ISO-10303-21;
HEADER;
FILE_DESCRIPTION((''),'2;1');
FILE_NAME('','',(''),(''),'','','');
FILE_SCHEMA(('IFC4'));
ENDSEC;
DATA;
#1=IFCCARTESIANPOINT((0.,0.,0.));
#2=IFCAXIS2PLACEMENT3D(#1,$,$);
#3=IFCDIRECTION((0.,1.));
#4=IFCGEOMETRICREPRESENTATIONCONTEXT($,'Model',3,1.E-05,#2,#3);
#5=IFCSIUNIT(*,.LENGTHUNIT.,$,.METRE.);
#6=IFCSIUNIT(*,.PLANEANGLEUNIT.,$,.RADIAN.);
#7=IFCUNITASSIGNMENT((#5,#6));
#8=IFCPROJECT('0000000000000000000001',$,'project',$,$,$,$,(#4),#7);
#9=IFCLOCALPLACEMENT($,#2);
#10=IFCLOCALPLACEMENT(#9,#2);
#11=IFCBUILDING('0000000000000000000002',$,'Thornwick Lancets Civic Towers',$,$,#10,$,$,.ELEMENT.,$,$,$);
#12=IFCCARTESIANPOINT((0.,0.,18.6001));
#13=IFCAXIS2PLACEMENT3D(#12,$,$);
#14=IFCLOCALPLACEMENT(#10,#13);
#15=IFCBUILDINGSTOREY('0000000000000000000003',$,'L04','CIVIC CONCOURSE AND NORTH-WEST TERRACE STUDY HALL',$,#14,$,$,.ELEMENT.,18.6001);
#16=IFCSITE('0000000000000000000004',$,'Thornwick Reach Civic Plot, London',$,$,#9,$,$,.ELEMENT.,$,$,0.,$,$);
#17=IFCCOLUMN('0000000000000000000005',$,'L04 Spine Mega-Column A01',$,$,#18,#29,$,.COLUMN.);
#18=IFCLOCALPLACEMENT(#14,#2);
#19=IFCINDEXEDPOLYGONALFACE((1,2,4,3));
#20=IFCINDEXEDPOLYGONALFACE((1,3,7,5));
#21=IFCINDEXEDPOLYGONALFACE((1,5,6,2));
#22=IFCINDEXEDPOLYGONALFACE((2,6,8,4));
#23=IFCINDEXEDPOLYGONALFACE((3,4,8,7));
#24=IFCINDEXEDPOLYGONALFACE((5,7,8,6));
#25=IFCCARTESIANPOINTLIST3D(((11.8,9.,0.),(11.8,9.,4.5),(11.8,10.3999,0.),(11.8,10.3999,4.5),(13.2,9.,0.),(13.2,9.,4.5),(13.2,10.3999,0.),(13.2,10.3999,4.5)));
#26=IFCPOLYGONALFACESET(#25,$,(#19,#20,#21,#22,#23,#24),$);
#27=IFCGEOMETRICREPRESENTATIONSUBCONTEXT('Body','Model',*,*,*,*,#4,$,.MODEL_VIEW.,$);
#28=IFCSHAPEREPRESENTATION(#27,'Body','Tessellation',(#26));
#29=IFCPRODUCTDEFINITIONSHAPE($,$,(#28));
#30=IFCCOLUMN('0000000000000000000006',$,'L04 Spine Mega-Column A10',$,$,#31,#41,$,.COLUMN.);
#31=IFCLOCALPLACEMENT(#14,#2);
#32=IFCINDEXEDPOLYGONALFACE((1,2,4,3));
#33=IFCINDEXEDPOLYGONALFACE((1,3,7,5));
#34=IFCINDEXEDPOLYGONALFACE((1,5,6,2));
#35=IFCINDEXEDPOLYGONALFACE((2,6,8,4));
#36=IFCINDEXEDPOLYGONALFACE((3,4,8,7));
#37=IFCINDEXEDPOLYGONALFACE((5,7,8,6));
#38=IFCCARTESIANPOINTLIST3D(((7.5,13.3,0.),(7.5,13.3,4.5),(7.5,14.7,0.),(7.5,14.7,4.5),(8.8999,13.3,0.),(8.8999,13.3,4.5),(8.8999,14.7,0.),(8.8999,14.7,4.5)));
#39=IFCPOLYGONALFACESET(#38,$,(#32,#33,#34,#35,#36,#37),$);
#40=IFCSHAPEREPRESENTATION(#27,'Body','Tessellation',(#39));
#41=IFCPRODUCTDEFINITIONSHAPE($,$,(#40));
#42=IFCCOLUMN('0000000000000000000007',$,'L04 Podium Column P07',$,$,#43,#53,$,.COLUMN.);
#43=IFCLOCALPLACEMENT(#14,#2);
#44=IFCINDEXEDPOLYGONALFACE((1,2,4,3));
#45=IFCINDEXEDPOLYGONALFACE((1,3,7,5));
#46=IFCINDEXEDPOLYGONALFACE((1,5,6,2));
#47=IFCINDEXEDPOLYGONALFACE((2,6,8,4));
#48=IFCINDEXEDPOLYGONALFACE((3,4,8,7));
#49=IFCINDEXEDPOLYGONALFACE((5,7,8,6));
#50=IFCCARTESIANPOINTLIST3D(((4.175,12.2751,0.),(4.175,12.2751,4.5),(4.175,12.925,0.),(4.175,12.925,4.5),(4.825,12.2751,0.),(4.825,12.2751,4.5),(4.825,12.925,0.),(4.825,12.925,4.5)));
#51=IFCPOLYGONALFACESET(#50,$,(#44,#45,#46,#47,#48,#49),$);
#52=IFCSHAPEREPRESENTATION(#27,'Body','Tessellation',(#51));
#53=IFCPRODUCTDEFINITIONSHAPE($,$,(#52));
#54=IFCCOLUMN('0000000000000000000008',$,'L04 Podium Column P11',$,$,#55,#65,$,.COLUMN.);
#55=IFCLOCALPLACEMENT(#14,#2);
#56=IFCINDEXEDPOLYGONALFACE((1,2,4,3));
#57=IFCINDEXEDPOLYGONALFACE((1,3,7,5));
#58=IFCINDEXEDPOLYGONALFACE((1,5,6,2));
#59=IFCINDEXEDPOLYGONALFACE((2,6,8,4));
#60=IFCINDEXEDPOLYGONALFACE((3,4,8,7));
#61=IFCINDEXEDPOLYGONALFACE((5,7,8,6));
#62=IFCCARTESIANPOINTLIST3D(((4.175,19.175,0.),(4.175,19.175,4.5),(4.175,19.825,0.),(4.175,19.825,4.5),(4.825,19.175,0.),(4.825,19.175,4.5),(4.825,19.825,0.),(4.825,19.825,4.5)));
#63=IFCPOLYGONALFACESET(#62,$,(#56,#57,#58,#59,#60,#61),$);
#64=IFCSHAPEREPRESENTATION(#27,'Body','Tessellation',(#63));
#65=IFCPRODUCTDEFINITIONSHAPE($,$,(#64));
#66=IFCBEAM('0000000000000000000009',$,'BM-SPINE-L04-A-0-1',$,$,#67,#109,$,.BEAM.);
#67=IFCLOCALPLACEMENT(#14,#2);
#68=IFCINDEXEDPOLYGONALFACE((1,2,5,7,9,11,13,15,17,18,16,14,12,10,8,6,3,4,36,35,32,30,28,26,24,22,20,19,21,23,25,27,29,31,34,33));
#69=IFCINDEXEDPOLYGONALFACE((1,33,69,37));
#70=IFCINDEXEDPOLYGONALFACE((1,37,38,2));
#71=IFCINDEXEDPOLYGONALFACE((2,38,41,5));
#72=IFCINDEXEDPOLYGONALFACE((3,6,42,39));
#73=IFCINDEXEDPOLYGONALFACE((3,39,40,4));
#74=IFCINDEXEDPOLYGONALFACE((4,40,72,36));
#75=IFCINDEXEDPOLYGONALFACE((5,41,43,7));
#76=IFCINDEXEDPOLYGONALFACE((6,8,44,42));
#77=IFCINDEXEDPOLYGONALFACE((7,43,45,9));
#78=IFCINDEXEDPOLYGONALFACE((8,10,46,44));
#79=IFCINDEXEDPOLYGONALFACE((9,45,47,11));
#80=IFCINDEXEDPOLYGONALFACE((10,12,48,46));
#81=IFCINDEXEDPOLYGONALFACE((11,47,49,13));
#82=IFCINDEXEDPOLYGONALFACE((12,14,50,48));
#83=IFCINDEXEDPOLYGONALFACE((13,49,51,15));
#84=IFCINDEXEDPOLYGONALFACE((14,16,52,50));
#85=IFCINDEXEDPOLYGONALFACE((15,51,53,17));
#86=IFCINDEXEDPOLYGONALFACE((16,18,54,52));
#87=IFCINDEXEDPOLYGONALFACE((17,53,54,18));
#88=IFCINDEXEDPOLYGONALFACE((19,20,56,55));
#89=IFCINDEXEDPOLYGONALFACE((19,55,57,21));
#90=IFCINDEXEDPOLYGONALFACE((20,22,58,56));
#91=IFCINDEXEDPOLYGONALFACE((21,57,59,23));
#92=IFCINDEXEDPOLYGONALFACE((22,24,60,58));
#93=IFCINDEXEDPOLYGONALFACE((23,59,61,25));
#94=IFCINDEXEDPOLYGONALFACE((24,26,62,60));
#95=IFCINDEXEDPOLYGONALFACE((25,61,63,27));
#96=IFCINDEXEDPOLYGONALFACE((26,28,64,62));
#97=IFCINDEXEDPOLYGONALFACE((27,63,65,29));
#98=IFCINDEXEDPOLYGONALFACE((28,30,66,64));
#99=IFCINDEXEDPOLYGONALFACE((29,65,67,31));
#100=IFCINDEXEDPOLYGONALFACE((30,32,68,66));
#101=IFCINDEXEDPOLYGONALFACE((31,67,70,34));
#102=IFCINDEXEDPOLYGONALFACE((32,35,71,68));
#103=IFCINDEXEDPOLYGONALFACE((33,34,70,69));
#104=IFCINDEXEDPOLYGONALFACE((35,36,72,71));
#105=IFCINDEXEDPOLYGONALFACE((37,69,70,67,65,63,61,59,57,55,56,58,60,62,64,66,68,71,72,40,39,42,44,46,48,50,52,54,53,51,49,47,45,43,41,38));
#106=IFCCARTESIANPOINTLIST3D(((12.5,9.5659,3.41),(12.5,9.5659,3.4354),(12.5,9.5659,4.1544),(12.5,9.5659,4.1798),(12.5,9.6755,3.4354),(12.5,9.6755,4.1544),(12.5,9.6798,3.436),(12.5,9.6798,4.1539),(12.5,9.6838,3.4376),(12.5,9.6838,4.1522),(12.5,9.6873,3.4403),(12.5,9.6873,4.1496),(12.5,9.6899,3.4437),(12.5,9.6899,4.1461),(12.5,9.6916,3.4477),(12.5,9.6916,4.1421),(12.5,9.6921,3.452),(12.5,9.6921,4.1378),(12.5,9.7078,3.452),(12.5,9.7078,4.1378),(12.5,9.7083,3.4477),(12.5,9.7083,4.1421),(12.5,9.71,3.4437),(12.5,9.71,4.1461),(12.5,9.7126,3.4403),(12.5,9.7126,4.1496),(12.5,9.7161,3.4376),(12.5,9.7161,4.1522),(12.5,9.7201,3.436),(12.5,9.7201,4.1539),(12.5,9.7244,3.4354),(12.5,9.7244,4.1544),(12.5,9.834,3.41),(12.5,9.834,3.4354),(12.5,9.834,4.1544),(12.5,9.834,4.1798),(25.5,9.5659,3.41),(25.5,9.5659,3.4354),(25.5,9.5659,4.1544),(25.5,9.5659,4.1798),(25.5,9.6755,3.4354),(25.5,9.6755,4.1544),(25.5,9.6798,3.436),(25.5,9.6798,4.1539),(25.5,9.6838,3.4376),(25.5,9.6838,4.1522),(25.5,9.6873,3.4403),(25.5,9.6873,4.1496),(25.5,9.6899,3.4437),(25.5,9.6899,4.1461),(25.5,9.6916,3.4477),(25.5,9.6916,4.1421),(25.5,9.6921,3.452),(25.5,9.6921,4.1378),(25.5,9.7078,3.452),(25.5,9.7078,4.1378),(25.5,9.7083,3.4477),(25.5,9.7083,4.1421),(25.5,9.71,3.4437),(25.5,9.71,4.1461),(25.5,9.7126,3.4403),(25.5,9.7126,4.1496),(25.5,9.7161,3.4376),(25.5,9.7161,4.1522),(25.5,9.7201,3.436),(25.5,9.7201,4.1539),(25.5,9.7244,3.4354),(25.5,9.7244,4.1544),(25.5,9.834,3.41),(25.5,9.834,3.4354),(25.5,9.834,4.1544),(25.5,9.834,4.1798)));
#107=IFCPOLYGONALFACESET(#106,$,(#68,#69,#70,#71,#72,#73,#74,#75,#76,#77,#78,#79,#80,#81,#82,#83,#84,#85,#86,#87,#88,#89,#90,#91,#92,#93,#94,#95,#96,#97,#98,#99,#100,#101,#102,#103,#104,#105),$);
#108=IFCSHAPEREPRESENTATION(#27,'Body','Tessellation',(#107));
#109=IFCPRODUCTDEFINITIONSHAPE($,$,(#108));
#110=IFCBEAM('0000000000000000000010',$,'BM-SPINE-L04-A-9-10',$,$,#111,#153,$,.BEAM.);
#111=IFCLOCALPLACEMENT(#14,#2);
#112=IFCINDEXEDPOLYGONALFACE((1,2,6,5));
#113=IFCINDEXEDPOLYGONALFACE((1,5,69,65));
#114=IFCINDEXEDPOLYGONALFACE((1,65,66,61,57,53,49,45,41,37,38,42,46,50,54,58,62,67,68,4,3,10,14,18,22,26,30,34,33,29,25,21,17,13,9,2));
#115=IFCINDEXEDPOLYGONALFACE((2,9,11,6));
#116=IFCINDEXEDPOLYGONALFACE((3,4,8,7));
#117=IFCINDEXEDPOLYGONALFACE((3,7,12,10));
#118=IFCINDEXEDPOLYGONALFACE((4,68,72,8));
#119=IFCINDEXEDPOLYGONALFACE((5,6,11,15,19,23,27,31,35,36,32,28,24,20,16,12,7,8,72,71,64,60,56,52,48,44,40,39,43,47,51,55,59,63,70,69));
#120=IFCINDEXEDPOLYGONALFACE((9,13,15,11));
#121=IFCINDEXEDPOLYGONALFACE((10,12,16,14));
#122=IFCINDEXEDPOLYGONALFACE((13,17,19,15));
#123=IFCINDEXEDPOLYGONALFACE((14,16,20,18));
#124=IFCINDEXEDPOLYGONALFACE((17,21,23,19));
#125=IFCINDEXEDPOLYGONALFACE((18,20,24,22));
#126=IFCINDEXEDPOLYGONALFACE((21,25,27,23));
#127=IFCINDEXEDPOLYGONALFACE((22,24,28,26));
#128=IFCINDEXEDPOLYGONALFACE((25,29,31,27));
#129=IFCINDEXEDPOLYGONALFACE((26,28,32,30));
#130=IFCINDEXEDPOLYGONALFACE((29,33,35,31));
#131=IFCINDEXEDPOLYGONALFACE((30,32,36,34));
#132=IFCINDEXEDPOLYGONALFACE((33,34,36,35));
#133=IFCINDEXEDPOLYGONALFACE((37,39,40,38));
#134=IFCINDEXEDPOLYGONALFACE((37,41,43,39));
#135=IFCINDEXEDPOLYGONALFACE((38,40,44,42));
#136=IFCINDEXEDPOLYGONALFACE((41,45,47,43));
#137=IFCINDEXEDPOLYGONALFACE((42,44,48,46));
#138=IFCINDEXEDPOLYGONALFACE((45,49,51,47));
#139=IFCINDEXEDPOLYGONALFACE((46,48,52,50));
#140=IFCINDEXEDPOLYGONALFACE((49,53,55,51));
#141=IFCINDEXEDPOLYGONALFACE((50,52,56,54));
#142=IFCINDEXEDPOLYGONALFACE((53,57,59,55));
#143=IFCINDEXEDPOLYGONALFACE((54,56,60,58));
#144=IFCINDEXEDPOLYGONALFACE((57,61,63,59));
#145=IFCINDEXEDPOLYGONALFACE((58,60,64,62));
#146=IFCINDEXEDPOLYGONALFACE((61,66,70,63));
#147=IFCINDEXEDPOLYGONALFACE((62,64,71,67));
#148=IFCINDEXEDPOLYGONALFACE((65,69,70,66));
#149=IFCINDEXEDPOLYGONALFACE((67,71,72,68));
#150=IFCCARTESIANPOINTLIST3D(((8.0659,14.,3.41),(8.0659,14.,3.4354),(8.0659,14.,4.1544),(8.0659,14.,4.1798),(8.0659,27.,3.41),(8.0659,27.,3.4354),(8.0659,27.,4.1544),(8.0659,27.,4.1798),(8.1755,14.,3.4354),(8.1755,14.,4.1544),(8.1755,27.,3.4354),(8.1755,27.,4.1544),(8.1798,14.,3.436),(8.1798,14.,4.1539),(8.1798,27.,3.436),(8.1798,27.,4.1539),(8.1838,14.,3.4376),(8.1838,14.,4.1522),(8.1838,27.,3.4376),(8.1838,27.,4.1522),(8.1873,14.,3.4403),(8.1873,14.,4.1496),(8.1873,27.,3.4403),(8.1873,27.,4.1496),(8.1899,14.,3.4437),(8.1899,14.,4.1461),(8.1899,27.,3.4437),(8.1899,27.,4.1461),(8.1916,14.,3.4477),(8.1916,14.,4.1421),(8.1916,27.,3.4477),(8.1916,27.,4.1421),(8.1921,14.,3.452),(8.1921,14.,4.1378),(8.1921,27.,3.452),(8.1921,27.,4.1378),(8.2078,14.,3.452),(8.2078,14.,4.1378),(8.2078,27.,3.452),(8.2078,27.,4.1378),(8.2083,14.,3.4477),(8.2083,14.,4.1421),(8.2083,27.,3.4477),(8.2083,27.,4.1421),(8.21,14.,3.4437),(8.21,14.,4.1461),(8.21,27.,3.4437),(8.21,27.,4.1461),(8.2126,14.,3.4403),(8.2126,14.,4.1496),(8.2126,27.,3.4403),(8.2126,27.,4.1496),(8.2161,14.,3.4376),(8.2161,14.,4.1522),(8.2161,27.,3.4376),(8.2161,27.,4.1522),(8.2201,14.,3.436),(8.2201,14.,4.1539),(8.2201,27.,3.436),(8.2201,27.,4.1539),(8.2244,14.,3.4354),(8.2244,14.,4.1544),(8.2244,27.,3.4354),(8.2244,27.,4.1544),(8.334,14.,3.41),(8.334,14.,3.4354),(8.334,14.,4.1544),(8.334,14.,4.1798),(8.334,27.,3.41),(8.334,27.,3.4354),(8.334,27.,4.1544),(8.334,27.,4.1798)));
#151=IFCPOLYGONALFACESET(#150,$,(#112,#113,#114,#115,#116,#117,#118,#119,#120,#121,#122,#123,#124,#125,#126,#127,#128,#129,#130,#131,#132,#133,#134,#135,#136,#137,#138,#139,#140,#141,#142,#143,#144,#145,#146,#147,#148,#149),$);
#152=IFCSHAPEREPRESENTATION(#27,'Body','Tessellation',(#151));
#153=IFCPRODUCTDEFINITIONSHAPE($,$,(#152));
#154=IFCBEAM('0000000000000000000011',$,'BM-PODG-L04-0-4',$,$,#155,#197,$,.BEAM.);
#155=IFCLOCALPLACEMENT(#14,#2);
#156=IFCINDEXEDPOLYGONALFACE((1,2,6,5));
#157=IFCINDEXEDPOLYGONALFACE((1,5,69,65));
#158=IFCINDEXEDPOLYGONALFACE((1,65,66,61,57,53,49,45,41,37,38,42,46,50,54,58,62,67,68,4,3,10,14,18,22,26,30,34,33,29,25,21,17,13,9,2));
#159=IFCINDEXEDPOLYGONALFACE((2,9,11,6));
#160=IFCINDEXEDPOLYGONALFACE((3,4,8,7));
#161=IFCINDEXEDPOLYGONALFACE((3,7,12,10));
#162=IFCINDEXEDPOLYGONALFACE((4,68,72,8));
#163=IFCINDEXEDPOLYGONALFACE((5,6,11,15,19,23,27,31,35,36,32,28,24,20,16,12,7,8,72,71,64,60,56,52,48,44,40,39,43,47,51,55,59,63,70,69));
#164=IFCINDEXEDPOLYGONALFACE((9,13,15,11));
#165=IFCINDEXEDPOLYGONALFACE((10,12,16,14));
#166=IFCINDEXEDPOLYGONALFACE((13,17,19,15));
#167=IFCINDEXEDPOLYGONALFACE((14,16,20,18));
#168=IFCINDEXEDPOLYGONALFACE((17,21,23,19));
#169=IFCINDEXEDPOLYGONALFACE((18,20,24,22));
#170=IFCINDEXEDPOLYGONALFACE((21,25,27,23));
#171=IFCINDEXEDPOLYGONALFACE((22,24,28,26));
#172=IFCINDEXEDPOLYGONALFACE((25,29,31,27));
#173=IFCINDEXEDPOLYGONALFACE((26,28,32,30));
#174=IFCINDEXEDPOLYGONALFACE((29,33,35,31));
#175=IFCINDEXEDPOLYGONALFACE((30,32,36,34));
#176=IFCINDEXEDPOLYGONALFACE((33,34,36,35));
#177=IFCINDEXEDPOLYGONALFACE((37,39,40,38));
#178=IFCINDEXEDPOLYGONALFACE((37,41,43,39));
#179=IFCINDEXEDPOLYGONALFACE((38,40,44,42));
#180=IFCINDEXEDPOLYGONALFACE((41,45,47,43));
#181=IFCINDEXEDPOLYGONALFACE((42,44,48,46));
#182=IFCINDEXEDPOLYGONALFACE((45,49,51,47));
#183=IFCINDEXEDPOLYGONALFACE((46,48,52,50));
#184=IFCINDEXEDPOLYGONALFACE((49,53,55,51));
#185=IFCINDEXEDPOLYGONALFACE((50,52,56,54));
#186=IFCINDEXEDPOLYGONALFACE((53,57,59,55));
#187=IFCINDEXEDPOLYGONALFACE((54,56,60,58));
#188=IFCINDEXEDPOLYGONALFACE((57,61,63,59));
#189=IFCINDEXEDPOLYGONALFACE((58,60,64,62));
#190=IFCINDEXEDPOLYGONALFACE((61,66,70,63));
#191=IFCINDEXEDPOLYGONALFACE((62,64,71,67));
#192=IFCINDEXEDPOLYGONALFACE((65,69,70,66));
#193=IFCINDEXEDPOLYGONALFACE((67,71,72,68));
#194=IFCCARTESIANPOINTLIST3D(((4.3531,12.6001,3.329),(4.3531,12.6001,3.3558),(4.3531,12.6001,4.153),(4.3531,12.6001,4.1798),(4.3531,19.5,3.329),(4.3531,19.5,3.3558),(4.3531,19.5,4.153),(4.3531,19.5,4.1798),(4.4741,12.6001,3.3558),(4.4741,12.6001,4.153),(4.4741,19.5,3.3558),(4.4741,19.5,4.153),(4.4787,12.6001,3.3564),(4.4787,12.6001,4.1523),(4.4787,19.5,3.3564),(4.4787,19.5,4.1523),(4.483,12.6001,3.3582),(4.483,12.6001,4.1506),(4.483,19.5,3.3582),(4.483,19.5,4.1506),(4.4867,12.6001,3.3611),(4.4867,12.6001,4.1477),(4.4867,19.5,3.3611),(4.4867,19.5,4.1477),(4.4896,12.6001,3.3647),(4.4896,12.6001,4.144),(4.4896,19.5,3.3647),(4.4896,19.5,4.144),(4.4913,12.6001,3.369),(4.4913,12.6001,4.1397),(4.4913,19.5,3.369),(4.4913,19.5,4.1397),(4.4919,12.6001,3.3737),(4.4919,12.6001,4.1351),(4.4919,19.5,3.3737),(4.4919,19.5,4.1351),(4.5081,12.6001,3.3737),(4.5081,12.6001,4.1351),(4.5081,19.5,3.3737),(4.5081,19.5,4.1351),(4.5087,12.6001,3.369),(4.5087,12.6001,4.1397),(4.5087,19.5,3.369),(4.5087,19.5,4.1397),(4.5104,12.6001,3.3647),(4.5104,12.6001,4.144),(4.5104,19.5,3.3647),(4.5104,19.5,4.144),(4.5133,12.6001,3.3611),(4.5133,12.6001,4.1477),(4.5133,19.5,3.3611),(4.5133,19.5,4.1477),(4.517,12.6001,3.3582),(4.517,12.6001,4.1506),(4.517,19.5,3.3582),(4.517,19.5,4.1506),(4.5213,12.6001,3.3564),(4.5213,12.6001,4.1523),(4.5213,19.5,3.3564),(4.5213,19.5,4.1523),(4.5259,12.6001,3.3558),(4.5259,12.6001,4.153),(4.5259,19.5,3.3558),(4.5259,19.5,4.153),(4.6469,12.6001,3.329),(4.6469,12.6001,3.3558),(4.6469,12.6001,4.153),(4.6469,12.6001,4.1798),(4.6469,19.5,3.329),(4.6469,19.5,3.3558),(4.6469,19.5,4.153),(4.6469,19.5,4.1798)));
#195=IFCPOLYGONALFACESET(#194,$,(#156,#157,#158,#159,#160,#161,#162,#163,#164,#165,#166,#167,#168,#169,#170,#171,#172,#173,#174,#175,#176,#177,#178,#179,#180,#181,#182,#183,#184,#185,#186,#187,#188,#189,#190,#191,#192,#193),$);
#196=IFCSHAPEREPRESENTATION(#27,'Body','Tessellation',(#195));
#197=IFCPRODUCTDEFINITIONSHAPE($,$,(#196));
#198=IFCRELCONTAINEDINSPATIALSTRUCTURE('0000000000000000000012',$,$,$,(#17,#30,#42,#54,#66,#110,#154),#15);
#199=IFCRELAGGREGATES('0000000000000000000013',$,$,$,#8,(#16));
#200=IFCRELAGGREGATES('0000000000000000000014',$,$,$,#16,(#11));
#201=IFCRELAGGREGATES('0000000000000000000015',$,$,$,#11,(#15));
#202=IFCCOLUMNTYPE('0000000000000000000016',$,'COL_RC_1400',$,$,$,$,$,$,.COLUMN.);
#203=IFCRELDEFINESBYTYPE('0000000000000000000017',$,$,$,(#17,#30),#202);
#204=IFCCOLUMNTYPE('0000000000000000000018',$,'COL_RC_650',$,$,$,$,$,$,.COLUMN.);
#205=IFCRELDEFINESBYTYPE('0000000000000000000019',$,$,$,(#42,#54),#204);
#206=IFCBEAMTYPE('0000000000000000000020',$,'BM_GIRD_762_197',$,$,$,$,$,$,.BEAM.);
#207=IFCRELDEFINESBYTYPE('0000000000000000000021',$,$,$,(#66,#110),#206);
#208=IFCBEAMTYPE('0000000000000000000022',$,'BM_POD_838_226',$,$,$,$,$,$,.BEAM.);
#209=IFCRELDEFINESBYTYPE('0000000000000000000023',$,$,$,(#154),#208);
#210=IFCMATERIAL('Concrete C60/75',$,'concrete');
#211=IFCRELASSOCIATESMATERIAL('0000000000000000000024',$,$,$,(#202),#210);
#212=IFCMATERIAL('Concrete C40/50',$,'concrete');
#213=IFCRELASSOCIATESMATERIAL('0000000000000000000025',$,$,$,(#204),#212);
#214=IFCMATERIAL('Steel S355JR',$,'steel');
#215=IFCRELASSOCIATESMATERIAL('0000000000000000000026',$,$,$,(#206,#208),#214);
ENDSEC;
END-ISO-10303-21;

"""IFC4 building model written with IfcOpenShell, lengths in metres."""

from ifc_helpers import new_model, si_unit, direction, frame, origin, origin_2d, place, context, subcontext, project, spatial, rectangle, i_section, extrude, material, material_profile, profile_set, type_object, element, save


model = new_model("IFC4")

# Units and contexts
model_context = context("Model", 3, precision=1e-05, world=origin(), true_north=direction((0.0, 1.0)))
body_context = subcontext(model_context, "Body", "Model", "MODEL_VIEW")
ifc_project = project(units=[si_unit("LENGTHUNIT", "METRE"), si_unit("PLANEANGLEUNIT", "RADIAN")], contexts=[model_context])

# Site, building, storey
site_placement = place(None, origin())
site = spatial("IfcSite", under=ifc_project, at=site_placement, Name="Thornwick Reach Civic Plot, London", CompositionType="ELEMENT", RefElevation=0.0)
building_placement = place(site_placement, origin())
building = spatial("IfcBuilding", under=site, at=building_placement, Name="Thornwick Lancets Civic Towers", CompositionType="ELEMENT")
storey_placement = place(building_placement, frame((0.0, 0.0, 18.6001)))
storey = spatial("IfcBuildingStorey", under=building, at=storey_placement, Name="L04", Description="CIVIC CONCOURSE AND NORTH-WEST TERRACE STUDY HALL", CompositionType="ELEMENT", Elevation=18.6001)

# Columns
ifc_material_1 = material(Name="Concrete C60/75", Category="concrete")
ifc_material_profile_1 = material_profile(ifc_material_1, rectangle(XDim=1.3999, YDim=1.3999, at=origin_2d()), Name="RC 1400x1400")
ifc_profile_set_1 = profile_set([ifc_material_profile_1], Name="Concrete C60/75")
column_type_1 = type_object("IfcColumnType", Name="COL_RC_1400", PredefinedType="COLUMN", material=ifc_profile_set_1)
for number, where, z_axis, x_axis, name in (
    (1, (12.5, 9.7, 0.0), (0.0, 0.0, 1.0), (1.0, 0.0, 0.0), "L04 Spine Mega-Column A01"),
    (2, (8.2, 14.0, 0.0), (0.0, 0.0, 1.0), (1.0, 0.0, 0.0), "L04 Spine Mega-Column A10"),
):
    element("IfcColumn", number, at=place(storey_placement, frame(where, z_axis=z_axis, x_axis=x_axis)), inside=storey, type_object=column_type_1, Name=name, PredefinedType="COLUMN", context=body_context, shape_type="SweptSolid", body=[
        extrude(rectangle(XDim=1.3999, YDim=1.3999, at=origin_2d()), origin(), (0.0, 0.0, 1.0), 4.5),
    ])
ifc_material_2 = material(Name="Concrete C40/50", Category="concrete")
ifc_material_profile_2 = material_profile(ifc_material_2, rectangle(XDim=0.6499, YDim=0.6499, at=origin_2d()), Name="RC 650x650")
ifc_profile_set_2 = profile_set([ifc_material_profile_2], Name="Concrete C40/50")
column_type_2 = type_object("IfcColumnType", Name="COL_RC_650", PredefinedType="COLUMN", material=ifc_profile_set_2)
for number, where, z_axis, x_axis, name in (
    (3, (4.5, 12.6001, 0.0), (0.0, 0.0, 1.0), (1.0, 0.0, 0.0), "L04 Podium Column P07"),
    (4, (4.5, 19.5, 0.0), (0.0, 0.0, 1.0), (1.0, 0.0, 0.0), "L04 Podium Column P11"),
):
    element("IfcColumn", number, at=place(storey_placement, frame(where, z_axis=z_axis, x_axis=x_axis)), inside=storey, type_object=column_type_2, Name=name, PredefinedType="COLUMN", context=body_context, shape_type="SweptSolid", body=[
        extrude(rectangle(XDim=0.6499, YDim=0.6499, at=origin_2d()), origin(), (0.0, 0.0, 1.0), 4.5),
    ])

# Beams
ifc_material_3 = material(Name="Steel S355JR", Category="steel")
ifc_material_profile_3 = material_profile(ifc_material_3, i_section(OverallWidth=0.2681, OverallDepth=0.7698, WebThickness=0.0156, FlangeThickness=0.0254, FilletRadius=0.0166, at=origin_2d()), Name="UKB 762x267x197")
ifc_profile_set_3 = profile_set([ifc_material_profile_3], Name="Steel S355JR")
beam_type_1 = type_object("IfcBeamType", Name="BM_GIRD_762_197", PredefinedType="BEAM", material=ifc_profile_set_3)
for number, where, z_axis, x_axis, name in (
    (5, (12.5, 9.7, 3.7949), (1.0, 0.0, 0.0), (0.0, 1.0, 0.0), "BM-SPINE-L04-A-0-1"),
    (6, (8.2, 14.0, 3.7949), (0.0, 1.0, 0.0), (-1.0, 0.0, 0.0), "BM-SPINE-L04-A-9-10"),
):
    element("IfcBeam", number, at=place(storey_placement, frame(where, z_axis=z_axis, x_axis=x_axis)), inside=storey, type_object=beam_type_1, Name=name, PredefinedType="BEAM", context=body_context, shape_type="SweptSolid", body=[
        extrude(i_section(OverallWidth=0.2681, OverallDepth=0.7698, WebThickness=0.0156, FlangeThickness=0.0254, FilletRadius=0.0166, at=origin_2d()), origin(), (0.0, 0.0, 1.0), 13.0),
    ])
ifc_material_profile_4 = material_profile(ifc_material_3, i_section(OverallWidth=0.2937, OverallDepth=0.8508, WebThickness=0.0161, FlangeThickness=0.0269, FilletRadius=0.0178, at=origin_2d()), Name="UKB 838x292x226")
ifc_profile_set_4 = profile_set([ifc_material_profile_4], Name="Steel S355JR")
beam_type_2 = type_object("IfcBeamType", Name="BM_POD_838_226", PredefinedType="BEAM", material=ifc_profile_set_4)
beam_1_placement = place(storey_placement, frame((4.5, 12.6001, 3.7544), z_axis=(0.0, 1.0, 0.0), x_axis=(-1.0, 0.0, 0.0)))
element("IfcBeam", 7, at=beam_1_placement, inside=storey, type_object=beam_type_2, Name="BM-PODG-L04-0-4", PredefinedType="BEAM", context=body_context, shape_type="SweptSolid", body=[
    extrude(i_section(OverallWidth=0.2937, OverallDepth=0.8508, WebThickness=0.0161, FlangeThickness=0.0269, FilletRadius=0.0178, at=origin_2d()), origin(), (0.0, 0.0, 1.0), 6.8999),
])

save(model, "model.ifc")
